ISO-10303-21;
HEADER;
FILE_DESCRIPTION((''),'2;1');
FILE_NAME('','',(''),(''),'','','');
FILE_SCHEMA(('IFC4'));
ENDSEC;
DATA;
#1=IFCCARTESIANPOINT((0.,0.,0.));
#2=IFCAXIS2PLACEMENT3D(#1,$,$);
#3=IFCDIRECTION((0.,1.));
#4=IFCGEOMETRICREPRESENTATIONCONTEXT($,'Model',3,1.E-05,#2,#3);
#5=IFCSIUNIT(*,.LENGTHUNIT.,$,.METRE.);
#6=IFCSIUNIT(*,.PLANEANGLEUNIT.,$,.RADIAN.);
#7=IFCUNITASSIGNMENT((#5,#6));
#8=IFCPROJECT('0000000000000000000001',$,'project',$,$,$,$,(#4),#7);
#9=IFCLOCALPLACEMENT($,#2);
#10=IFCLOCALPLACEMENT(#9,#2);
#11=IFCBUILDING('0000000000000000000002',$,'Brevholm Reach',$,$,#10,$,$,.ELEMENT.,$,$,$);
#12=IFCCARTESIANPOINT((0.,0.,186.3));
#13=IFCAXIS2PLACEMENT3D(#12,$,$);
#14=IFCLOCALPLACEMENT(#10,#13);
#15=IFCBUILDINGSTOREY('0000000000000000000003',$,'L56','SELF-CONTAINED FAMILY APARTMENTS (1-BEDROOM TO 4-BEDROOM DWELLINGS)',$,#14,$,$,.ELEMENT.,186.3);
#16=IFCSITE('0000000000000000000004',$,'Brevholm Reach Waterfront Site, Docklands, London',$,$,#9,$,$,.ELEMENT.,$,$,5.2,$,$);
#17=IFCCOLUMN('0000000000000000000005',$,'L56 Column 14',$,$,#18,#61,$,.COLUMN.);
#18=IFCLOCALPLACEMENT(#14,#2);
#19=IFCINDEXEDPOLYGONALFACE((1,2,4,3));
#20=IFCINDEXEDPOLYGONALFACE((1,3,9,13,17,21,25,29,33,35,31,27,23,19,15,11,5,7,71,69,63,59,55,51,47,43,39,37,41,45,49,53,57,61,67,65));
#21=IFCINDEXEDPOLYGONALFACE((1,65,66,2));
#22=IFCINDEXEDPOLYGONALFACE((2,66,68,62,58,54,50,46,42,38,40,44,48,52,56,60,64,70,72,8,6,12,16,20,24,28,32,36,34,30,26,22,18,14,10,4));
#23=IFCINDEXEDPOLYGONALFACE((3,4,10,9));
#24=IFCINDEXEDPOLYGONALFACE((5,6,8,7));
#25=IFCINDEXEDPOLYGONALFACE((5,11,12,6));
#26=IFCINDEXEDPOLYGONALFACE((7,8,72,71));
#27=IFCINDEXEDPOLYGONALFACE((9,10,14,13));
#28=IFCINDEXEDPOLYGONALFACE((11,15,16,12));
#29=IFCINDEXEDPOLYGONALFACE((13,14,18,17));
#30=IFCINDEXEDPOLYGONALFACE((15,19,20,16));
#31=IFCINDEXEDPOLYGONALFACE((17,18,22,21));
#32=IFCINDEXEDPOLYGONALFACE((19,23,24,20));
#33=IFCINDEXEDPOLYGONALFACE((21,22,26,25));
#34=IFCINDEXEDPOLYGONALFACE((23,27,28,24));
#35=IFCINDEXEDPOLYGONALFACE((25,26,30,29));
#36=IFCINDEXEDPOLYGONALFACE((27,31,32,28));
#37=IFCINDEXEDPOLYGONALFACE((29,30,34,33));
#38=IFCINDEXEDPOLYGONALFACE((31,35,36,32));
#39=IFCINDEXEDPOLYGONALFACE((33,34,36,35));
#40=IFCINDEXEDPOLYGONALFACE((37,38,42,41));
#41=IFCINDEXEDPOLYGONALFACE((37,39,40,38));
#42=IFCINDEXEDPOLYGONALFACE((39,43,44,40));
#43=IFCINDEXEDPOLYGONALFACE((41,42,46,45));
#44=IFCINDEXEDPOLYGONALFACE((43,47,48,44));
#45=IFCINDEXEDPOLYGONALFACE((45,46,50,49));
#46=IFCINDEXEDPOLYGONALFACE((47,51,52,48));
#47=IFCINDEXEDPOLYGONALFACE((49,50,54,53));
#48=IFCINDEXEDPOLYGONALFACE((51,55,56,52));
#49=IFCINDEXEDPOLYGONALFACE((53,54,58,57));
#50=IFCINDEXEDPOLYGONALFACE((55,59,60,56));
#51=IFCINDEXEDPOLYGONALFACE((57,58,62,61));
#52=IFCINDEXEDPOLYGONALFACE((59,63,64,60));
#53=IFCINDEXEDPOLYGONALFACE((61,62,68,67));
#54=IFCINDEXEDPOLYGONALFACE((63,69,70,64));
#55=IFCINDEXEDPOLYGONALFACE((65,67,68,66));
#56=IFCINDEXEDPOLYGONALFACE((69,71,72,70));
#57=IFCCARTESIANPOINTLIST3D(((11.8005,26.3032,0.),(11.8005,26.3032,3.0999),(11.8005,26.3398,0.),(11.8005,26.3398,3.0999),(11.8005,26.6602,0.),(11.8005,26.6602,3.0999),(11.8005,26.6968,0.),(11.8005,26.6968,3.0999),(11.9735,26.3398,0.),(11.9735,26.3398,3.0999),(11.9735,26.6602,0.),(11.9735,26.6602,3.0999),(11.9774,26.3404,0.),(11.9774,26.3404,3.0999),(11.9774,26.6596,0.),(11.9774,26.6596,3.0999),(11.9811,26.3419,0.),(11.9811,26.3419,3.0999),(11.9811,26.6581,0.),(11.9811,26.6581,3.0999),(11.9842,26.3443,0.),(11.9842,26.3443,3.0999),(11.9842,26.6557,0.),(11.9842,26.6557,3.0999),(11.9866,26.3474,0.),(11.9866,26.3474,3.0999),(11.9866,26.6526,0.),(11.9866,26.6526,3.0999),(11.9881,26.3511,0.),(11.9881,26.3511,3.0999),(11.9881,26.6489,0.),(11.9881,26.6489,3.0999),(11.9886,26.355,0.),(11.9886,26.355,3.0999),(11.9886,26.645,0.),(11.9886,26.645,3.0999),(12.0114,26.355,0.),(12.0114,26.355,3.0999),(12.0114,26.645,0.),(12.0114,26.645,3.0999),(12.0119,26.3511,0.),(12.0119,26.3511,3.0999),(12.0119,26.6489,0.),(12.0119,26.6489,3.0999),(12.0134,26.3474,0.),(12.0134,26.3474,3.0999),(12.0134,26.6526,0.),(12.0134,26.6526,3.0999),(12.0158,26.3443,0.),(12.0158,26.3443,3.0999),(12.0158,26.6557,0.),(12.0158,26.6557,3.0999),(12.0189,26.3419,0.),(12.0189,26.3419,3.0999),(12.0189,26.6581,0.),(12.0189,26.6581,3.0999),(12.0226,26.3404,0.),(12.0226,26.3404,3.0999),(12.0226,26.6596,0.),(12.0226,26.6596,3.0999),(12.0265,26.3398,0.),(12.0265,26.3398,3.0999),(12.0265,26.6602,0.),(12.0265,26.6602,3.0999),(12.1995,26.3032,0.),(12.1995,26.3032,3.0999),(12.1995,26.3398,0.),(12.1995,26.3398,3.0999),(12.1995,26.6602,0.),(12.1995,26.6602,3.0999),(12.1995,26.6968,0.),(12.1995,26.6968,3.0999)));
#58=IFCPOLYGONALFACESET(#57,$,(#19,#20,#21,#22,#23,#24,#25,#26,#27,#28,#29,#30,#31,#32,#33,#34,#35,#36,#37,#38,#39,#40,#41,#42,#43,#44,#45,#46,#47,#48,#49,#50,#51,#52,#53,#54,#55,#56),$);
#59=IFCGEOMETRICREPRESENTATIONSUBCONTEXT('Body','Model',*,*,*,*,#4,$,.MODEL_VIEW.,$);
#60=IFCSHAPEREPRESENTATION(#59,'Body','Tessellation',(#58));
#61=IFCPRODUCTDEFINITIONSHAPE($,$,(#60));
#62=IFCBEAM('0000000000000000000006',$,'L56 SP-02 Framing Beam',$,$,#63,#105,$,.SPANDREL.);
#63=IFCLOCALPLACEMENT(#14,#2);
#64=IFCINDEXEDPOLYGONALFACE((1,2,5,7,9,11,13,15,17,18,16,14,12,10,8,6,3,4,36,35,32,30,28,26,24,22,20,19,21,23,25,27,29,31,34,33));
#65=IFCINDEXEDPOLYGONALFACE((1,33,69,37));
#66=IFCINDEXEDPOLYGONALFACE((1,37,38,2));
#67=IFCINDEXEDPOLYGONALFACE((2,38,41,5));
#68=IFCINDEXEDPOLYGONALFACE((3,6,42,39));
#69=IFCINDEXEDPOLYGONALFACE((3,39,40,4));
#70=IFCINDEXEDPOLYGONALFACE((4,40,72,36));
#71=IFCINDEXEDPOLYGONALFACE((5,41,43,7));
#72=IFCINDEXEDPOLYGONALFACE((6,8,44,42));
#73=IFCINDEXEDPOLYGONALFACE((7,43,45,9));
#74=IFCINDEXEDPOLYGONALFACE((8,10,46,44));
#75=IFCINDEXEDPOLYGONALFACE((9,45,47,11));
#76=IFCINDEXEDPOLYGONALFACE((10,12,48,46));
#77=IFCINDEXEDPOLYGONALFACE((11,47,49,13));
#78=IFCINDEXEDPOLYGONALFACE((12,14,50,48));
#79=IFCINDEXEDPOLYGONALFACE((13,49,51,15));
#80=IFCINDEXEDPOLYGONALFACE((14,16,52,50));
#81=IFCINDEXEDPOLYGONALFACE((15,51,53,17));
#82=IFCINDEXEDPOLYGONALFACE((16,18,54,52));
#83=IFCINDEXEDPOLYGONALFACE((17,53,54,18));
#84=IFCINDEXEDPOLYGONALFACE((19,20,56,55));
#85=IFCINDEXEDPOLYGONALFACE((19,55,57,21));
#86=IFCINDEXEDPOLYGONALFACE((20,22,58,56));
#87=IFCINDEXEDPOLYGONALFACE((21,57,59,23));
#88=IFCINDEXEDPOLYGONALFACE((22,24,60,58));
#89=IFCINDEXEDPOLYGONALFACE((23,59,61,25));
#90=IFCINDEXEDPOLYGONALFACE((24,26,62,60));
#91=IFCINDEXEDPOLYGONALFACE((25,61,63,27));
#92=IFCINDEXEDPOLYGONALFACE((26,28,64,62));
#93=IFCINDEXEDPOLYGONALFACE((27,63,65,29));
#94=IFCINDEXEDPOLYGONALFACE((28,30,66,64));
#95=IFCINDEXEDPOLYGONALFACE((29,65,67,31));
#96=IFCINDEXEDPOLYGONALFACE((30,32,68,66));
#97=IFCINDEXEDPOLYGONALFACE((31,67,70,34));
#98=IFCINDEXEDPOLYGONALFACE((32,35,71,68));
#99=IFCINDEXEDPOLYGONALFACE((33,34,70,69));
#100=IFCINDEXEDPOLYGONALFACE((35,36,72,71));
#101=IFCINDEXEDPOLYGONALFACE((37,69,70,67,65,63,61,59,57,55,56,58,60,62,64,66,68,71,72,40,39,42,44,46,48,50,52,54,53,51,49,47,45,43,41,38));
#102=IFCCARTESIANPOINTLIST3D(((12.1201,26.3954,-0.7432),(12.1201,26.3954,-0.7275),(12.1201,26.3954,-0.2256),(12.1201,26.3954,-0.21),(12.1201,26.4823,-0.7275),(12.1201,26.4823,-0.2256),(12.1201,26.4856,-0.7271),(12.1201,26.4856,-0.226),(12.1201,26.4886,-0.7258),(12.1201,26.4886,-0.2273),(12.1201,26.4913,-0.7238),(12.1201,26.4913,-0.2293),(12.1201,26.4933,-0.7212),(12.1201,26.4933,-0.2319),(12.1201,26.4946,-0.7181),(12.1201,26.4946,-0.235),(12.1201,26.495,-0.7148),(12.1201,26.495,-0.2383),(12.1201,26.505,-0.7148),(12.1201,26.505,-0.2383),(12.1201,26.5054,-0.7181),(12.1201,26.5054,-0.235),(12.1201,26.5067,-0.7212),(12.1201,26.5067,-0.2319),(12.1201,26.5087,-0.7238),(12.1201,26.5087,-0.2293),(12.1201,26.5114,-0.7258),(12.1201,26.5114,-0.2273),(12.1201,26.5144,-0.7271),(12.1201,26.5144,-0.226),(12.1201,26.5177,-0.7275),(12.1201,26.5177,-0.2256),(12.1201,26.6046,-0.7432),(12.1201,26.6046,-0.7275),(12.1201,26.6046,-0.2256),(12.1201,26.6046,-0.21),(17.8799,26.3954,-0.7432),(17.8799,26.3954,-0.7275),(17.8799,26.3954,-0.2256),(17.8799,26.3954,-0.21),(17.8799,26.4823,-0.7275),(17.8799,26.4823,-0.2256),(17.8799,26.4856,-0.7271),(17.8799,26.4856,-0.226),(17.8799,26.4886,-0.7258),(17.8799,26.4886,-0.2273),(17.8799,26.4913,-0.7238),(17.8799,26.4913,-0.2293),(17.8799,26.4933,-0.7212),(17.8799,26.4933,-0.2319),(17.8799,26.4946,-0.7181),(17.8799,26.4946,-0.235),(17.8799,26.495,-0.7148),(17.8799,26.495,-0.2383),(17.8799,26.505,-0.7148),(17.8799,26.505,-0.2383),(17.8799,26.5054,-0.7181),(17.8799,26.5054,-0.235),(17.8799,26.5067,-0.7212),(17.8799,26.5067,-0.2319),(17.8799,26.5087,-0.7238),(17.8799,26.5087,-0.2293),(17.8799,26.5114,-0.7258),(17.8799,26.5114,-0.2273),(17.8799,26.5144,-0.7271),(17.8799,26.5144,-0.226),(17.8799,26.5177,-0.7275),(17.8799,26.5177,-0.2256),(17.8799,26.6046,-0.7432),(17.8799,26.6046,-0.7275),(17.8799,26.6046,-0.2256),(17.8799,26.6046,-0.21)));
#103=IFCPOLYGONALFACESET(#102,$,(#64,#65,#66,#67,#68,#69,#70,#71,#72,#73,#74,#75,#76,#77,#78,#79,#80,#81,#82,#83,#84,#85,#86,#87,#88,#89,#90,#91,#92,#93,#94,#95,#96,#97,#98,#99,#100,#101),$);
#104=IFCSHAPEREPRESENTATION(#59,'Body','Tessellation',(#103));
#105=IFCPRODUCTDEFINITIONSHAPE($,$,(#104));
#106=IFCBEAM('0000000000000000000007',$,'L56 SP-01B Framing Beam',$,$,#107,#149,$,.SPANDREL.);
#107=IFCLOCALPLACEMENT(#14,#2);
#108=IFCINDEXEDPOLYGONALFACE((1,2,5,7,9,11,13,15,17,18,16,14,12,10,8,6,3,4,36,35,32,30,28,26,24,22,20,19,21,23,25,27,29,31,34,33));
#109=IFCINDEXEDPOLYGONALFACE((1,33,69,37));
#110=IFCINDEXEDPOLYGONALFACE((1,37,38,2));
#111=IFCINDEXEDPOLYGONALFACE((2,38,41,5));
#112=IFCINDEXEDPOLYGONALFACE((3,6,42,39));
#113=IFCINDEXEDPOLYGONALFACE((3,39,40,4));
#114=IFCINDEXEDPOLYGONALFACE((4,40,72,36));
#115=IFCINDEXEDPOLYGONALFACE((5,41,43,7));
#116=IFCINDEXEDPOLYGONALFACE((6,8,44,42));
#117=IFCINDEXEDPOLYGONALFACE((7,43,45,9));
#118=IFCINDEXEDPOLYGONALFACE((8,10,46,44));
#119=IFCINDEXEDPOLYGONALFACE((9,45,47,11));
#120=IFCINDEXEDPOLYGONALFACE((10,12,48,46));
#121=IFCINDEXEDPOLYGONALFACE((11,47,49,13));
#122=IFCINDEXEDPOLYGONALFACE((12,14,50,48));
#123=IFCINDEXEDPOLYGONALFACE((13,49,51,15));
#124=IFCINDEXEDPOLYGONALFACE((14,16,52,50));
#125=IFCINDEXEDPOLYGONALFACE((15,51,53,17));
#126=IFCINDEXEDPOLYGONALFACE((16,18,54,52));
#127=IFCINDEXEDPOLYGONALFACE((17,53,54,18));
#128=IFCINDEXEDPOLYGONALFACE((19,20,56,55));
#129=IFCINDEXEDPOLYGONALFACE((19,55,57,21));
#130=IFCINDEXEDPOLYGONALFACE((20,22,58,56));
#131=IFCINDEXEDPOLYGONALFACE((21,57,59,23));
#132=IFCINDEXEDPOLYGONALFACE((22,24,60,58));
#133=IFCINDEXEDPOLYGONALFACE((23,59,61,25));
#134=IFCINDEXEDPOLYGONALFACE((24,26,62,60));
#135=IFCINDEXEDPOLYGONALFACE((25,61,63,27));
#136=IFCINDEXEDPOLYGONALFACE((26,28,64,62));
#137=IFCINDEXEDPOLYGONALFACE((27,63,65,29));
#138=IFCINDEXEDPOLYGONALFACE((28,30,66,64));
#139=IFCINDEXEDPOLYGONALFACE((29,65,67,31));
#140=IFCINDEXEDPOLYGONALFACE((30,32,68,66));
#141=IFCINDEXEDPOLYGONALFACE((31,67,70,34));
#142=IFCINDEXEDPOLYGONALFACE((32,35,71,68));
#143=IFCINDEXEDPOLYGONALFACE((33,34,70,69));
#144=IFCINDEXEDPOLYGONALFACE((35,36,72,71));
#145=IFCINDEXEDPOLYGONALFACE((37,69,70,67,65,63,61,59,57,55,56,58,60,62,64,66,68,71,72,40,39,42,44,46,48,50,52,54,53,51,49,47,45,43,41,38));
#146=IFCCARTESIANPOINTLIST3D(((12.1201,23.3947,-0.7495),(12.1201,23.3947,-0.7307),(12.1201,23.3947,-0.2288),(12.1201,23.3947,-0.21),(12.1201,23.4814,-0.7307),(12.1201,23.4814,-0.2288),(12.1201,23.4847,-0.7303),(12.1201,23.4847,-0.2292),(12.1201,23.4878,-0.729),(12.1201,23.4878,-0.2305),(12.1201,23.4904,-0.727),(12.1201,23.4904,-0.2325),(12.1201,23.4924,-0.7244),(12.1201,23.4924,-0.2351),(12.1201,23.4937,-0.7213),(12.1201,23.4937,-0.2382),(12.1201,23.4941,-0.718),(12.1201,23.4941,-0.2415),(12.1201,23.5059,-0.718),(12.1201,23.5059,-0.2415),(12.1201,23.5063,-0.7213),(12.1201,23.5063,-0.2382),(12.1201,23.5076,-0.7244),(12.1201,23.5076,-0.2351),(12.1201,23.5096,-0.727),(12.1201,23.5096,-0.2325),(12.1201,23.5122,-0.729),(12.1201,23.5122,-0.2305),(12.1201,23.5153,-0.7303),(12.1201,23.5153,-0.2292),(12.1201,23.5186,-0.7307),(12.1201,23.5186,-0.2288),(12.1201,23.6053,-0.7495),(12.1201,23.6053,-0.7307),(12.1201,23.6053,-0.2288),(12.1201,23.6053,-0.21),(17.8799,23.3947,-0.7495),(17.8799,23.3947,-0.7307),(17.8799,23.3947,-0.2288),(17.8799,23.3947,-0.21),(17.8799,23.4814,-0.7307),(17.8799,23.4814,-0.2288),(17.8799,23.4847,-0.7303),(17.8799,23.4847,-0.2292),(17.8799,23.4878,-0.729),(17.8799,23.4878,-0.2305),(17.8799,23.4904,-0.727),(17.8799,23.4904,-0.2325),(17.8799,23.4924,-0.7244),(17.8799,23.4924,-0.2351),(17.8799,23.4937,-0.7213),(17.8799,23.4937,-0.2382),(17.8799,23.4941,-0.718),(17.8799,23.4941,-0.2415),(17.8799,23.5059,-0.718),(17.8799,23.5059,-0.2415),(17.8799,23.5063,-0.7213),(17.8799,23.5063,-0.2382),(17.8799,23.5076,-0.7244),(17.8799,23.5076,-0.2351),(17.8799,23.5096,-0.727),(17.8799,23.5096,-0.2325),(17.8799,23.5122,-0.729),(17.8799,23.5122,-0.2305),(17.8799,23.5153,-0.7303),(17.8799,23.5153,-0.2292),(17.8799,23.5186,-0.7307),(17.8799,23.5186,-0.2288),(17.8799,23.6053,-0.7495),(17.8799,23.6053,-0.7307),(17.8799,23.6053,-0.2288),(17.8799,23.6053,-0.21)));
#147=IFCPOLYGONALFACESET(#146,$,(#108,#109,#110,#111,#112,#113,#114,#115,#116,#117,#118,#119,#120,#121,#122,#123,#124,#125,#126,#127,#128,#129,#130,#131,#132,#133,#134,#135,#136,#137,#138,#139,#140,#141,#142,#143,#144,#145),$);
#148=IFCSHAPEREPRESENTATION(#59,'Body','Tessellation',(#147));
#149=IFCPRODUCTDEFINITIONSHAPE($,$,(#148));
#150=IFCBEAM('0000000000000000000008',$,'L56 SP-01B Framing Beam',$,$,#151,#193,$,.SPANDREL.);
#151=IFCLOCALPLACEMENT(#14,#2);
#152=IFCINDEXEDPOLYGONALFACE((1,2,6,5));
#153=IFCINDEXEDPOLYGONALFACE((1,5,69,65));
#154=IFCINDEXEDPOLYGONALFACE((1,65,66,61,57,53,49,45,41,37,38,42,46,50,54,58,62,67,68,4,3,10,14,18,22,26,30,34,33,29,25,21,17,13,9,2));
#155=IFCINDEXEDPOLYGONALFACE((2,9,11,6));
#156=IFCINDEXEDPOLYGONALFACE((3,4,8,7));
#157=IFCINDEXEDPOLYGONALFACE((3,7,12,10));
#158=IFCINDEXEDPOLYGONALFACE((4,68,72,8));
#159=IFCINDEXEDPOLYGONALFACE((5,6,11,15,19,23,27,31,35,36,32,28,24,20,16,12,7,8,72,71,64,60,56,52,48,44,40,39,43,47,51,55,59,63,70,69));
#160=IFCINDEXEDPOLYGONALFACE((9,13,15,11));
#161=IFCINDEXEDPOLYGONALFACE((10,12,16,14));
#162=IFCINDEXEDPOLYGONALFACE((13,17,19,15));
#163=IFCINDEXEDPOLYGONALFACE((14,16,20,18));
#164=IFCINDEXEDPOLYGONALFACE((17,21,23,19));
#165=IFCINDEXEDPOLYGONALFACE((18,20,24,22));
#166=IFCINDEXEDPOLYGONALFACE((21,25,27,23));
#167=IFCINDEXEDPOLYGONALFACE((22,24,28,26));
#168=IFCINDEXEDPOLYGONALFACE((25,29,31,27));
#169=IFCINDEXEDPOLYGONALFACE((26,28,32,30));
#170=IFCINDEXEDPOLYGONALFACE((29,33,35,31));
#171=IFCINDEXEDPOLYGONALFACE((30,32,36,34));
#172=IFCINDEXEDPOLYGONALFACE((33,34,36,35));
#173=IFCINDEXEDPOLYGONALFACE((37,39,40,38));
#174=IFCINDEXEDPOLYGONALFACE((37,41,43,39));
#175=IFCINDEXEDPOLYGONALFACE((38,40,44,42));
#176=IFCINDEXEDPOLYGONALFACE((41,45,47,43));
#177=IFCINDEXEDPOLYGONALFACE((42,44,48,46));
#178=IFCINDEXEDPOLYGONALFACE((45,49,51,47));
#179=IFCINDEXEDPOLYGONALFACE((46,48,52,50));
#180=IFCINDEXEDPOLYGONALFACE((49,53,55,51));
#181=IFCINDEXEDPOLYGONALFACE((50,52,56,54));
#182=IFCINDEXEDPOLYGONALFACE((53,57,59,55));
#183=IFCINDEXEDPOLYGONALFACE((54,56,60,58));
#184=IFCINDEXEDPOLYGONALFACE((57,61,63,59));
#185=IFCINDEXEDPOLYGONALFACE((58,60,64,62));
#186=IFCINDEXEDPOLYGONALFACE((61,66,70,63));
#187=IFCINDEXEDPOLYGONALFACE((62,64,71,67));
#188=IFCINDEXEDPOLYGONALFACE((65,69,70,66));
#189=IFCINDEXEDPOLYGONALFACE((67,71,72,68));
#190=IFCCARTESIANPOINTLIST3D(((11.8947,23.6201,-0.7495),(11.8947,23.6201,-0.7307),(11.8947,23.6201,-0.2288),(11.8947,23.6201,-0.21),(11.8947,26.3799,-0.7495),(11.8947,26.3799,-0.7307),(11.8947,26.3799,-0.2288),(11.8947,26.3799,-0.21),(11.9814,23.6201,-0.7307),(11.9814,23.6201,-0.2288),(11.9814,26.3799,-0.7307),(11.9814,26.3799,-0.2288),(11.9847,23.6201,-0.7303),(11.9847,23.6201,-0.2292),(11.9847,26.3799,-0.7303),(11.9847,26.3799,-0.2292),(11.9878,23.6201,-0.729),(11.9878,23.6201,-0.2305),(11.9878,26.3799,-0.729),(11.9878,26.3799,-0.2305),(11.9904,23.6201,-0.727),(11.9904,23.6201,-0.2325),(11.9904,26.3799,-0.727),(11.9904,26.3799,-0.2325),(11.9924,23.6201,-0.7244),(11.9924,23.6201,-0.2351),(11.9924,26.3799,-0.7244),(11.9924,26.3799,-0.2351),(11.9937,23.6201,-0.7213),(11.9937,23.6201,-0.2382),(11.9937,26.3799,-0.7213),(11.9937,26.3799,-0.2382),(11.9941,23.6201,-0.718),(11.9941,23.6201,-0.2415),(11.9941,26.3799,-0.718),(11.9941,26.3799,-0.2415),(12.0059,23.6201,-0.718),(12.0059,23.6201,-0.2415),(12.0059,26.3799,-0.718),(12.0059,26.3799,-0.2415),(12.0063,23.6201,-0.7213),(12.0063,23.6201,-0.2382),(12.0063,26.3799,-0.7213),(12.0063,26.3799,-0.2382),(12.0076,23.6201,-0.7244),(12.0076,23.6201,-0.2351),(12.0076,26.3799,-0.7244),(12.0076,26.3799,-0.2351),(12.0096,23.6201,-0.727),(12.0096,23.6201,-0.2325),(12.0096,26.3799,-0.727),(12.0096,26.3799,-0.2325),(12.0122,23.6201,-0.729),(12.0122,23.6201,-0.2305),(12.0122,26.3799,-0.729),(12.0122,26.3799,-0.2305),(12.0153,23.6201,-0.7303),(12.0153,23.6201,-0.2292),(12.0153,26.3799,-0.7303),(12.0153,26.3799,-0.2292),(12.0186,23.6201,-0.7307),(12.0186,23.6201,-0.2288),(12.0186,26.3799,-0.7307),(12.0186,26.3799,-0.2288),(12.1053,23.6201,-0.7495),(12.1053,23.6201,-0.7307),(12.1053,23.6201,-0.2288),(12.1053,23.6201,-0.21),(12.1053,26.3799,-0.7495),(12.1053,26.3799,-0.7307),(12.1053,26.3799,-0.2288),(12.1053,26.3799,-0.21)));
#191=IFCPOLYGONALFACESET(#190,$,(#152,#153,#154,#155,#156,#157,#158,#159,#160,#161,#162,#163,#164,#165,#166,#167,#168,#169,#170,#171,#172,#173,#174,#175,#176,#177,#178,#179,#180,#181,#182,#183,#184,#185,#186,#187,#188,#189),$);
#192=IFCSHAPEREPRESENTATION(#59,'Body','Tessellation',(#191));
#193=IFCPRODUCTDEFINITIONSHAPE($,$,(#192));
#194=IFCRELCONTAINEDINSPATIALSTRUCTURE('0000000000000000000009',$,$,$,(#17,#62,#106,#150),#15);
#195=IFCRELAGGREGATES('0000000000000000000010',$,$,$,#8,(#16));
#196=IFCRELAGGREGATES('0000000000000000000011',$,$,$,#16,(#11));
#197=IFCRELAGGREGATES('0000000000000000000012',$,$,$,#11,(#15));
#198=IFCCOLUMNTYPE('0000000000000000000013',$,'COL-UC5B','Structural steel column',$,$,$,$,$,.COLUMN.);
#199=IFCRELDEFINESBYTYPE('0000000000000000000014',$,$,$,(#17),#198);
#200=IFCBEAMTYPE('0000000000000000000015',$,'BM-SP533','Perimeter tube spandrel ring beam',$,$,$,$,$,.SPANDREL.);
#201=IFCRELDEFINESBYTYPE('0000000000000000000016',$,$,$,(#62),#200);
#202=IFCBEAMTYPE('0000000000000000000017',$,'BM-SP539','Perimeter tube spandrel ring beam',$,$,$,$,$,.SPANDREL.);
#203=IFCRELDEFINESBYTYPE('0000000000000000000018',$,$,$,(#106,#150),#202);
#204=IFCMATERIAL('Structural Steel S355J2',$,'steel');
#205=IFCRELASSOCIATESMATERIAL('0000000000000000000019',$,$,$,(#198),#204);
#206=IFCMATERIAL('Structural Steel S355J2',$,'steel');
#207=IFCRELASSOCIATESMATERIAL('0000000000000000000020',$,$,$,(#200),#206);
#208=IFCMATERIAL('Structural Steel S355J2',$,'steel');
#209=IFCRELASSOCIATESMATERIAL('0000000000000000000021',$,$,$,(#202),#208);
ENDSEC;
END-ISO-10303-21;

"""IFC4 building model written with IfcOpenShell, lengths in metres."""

from ifc_helpers import new_model, si_unit, direction, frame, origin, origin_2d, place, context, subcontext, project, spatial, i_section, extrude, material, material_profile, profile_set, type_object, element, save


model = new_model("IFC4")

# Units and contexts
model_context = context("Model", 3, precision=1e-05, world=origin(), true_north=direction((0.0, 1.0)))
body_context = subcontext(model_context, "Body", "Model", "MODEL_VIEW")
ifc_project = project(units=[si_unit("LENGTHUNIT", "METRE"), si_unit("PLANEANGLEUNIT", "RADIAN")], contexts=[model_context])

# Site, building, storey
site_placement = place(None, origin())
site = spatial("IfcSite", under=ifc_project, at=site_placement, Name="Brevholm Reach Waterfront Site, Docklands, London", CompositionType="ELEMENT", RefElevation=5.2)
building_placement = place(site_placement, origin())
building = spatial("IfcBuilding", under=site, at=building_placement, Name="Brevholm Reach", CompositionType="ELEMENT")
storey_placement = place(building_placement, frame((0.0, 0.0, 186.3)))
storey = spatial("IfcBuildingStorey", under=building, at=storey_placement, Name="L56", Description="SELF-CONTAINED FAMILY APARTMENTS (1-BEDROOM TO 4-BEDROOM DWELLINGS)", CompositionType="ELEMENT", Elevation=186.3)

# Column
ifc_material_1 = material(Name="Structural Steel S355J2", Category="steel")
ifc_material_profile_1 = material_profile(ifc_material_1, i_section(OverallWidth=0.3989, OverallDepth=0.3936, WebThickness=0.0227, FlangeThickness=0.0366, FilletRadius=0.0151, at=origin_2d()), Name="UKC 356x406x287")
ifc_profile_set_1 = profile_set([ifc_material_profile_1], Name="Structural Steel S355J2")
column_type = type_object("IfcColumnType", Name="COL-UC5B", Description="Structural steel column", PredefinedType="COLUMN", material=ifc_profile_set_1)
column_placement = place(storey_placement, frame((12.0, 26.5, 0.0), z_axis=(0.0, 0.0, 1.0), x_axis=(1.0, 0.0, 0.0)))
element("IfcColumn", 1, at=column_placement, inside=storey, type_object=column_type, Name="L56 Column 14", PredefinedType="COLUMN", context=body_context, shape_type="SweptSolid", body=[
    extrude(i_section(OverallWidth=0.3989, OverallDepth=0.3936, WebThickness=0.0227, FlangeThickness=0.0366, FilletRadius=0.0151, at=origin_2d()), origin(), (0.0, 0.0, 1.0), 3.0999),
])

# Beams
ifc_material_2 = material(Name="Structural Steel S355J2", Category="steel")
ifc_material_profile_2 = material_profile(ifc_material_2, i_section(OverallWidth=0.2092, OverallDepth=0.5332, WebThickness=0.01, FlangeThickness=0.0156, FilletRadius=0.0127, at=origin_2d()), Name="UKB 533x210x92")
ifc_profile_set_2 = profile_set([ifc_material_profile_2], Name="Structural Steel S355J2")
beam_type_1 = type_object("IfcBeamType", Name="BM-SP533", Description="Perimeter tube spandrel ring beam", PredefinedType="SPANDREL", material=ifc_profile_set_2)
beam_1_placement = place(storey_placement, frame((12.1201, 26.5, -0.4766), z_axis=(1.0, 0.0, 0.0), x_axis=(0.0, 1.0, 0.0)))
element("IfcBeam", 2, at=beam_1_placement, inside=storey, type_object=beam_type_1, Name="L56 SP-02 Framing Beam", PredefinedType="SPANDREL", context=body_context, shape_type="SweptSolid", body=[
    extrude(i_section(OverallWidth=0.2092, OverallDepth=0.5332, WebThickness=0.01, FlangeThickness=0.0156, FilletRadius=0.0127, at=origin_2d()), origin(), (0.0, 0.0, 1.0), 5.7598),
])
ifc_material_3 = material(Name="Structural Steel S355J2", Category="steel")
ifc_material_profile_3 = material_profile(ifc_material_3, i_section(OverallWidth=0.2107, OverallDepth=0.5396, WebThickness=0.0117, FlangeThickness=0.0188, FilletRadius=0.0127, at=origin_2d()), Name="UKB 533x210x109")
ifc_profile_set_3 = profile_set([ifc_material_profile_3], Name="Structural Steel S355J2")
beam_type_2 = type_object("IfcBeamType", Name="BM-SP539", Description="Perimeter tube spandrel ring beam", PredefinedType="SPANDREL", material=ifc_profile_set_3)
beam_2_placement = place(storey_placement, frame((12.1201, 23.5, -0.4797), z_axis=(1.0, 0.0, 0.0), x_axis=(0.0, 1.0, 0.0)))
element("IfcBeam", 3, at=beam_2_placement, inside=storey, type_object=beam_type_2, Name="L56 SP-01B Framing Beam", PredefinedType="SPANDREL", context=body_context, shape_type="SweptSolid", body=[
    extrude(i_section(OverallWidth=0.2107, OverallDepth=0.5396, WebThickness=0.0117, FlangeThickness=0.0188, FilletRadius=0.0127, at=origin_2d()), origin(), (0.0, 0.0, 1.0), 5.7598),
])
beam_3_placement = place(storey_placement, frame((12.0, 23.6201, -0.4797), z_axis=(0.0, 1.0, 0.0), x_axis=(-1.0, 0.0, 0.0)))
element("IfcBeam", 4, at=beam_3_placement, inside=storey, type_object=beam_type_2, Name="L56 SP-01B Framing Beam", PredefinedType="SPANDREL", context=body_context, shape_type="SweptSolid", body=[
    extrude(i_section(OverallWidth=0.2107, OverallDepth=0.5396, WebThickness=0.0117, FlangeThickness=0.0188, FilletRadius=0.0127, at=origin_2d()), origin(), (0.0, 0.0, 1.0), 2.7598),
])

save(model, "model.ifc")
